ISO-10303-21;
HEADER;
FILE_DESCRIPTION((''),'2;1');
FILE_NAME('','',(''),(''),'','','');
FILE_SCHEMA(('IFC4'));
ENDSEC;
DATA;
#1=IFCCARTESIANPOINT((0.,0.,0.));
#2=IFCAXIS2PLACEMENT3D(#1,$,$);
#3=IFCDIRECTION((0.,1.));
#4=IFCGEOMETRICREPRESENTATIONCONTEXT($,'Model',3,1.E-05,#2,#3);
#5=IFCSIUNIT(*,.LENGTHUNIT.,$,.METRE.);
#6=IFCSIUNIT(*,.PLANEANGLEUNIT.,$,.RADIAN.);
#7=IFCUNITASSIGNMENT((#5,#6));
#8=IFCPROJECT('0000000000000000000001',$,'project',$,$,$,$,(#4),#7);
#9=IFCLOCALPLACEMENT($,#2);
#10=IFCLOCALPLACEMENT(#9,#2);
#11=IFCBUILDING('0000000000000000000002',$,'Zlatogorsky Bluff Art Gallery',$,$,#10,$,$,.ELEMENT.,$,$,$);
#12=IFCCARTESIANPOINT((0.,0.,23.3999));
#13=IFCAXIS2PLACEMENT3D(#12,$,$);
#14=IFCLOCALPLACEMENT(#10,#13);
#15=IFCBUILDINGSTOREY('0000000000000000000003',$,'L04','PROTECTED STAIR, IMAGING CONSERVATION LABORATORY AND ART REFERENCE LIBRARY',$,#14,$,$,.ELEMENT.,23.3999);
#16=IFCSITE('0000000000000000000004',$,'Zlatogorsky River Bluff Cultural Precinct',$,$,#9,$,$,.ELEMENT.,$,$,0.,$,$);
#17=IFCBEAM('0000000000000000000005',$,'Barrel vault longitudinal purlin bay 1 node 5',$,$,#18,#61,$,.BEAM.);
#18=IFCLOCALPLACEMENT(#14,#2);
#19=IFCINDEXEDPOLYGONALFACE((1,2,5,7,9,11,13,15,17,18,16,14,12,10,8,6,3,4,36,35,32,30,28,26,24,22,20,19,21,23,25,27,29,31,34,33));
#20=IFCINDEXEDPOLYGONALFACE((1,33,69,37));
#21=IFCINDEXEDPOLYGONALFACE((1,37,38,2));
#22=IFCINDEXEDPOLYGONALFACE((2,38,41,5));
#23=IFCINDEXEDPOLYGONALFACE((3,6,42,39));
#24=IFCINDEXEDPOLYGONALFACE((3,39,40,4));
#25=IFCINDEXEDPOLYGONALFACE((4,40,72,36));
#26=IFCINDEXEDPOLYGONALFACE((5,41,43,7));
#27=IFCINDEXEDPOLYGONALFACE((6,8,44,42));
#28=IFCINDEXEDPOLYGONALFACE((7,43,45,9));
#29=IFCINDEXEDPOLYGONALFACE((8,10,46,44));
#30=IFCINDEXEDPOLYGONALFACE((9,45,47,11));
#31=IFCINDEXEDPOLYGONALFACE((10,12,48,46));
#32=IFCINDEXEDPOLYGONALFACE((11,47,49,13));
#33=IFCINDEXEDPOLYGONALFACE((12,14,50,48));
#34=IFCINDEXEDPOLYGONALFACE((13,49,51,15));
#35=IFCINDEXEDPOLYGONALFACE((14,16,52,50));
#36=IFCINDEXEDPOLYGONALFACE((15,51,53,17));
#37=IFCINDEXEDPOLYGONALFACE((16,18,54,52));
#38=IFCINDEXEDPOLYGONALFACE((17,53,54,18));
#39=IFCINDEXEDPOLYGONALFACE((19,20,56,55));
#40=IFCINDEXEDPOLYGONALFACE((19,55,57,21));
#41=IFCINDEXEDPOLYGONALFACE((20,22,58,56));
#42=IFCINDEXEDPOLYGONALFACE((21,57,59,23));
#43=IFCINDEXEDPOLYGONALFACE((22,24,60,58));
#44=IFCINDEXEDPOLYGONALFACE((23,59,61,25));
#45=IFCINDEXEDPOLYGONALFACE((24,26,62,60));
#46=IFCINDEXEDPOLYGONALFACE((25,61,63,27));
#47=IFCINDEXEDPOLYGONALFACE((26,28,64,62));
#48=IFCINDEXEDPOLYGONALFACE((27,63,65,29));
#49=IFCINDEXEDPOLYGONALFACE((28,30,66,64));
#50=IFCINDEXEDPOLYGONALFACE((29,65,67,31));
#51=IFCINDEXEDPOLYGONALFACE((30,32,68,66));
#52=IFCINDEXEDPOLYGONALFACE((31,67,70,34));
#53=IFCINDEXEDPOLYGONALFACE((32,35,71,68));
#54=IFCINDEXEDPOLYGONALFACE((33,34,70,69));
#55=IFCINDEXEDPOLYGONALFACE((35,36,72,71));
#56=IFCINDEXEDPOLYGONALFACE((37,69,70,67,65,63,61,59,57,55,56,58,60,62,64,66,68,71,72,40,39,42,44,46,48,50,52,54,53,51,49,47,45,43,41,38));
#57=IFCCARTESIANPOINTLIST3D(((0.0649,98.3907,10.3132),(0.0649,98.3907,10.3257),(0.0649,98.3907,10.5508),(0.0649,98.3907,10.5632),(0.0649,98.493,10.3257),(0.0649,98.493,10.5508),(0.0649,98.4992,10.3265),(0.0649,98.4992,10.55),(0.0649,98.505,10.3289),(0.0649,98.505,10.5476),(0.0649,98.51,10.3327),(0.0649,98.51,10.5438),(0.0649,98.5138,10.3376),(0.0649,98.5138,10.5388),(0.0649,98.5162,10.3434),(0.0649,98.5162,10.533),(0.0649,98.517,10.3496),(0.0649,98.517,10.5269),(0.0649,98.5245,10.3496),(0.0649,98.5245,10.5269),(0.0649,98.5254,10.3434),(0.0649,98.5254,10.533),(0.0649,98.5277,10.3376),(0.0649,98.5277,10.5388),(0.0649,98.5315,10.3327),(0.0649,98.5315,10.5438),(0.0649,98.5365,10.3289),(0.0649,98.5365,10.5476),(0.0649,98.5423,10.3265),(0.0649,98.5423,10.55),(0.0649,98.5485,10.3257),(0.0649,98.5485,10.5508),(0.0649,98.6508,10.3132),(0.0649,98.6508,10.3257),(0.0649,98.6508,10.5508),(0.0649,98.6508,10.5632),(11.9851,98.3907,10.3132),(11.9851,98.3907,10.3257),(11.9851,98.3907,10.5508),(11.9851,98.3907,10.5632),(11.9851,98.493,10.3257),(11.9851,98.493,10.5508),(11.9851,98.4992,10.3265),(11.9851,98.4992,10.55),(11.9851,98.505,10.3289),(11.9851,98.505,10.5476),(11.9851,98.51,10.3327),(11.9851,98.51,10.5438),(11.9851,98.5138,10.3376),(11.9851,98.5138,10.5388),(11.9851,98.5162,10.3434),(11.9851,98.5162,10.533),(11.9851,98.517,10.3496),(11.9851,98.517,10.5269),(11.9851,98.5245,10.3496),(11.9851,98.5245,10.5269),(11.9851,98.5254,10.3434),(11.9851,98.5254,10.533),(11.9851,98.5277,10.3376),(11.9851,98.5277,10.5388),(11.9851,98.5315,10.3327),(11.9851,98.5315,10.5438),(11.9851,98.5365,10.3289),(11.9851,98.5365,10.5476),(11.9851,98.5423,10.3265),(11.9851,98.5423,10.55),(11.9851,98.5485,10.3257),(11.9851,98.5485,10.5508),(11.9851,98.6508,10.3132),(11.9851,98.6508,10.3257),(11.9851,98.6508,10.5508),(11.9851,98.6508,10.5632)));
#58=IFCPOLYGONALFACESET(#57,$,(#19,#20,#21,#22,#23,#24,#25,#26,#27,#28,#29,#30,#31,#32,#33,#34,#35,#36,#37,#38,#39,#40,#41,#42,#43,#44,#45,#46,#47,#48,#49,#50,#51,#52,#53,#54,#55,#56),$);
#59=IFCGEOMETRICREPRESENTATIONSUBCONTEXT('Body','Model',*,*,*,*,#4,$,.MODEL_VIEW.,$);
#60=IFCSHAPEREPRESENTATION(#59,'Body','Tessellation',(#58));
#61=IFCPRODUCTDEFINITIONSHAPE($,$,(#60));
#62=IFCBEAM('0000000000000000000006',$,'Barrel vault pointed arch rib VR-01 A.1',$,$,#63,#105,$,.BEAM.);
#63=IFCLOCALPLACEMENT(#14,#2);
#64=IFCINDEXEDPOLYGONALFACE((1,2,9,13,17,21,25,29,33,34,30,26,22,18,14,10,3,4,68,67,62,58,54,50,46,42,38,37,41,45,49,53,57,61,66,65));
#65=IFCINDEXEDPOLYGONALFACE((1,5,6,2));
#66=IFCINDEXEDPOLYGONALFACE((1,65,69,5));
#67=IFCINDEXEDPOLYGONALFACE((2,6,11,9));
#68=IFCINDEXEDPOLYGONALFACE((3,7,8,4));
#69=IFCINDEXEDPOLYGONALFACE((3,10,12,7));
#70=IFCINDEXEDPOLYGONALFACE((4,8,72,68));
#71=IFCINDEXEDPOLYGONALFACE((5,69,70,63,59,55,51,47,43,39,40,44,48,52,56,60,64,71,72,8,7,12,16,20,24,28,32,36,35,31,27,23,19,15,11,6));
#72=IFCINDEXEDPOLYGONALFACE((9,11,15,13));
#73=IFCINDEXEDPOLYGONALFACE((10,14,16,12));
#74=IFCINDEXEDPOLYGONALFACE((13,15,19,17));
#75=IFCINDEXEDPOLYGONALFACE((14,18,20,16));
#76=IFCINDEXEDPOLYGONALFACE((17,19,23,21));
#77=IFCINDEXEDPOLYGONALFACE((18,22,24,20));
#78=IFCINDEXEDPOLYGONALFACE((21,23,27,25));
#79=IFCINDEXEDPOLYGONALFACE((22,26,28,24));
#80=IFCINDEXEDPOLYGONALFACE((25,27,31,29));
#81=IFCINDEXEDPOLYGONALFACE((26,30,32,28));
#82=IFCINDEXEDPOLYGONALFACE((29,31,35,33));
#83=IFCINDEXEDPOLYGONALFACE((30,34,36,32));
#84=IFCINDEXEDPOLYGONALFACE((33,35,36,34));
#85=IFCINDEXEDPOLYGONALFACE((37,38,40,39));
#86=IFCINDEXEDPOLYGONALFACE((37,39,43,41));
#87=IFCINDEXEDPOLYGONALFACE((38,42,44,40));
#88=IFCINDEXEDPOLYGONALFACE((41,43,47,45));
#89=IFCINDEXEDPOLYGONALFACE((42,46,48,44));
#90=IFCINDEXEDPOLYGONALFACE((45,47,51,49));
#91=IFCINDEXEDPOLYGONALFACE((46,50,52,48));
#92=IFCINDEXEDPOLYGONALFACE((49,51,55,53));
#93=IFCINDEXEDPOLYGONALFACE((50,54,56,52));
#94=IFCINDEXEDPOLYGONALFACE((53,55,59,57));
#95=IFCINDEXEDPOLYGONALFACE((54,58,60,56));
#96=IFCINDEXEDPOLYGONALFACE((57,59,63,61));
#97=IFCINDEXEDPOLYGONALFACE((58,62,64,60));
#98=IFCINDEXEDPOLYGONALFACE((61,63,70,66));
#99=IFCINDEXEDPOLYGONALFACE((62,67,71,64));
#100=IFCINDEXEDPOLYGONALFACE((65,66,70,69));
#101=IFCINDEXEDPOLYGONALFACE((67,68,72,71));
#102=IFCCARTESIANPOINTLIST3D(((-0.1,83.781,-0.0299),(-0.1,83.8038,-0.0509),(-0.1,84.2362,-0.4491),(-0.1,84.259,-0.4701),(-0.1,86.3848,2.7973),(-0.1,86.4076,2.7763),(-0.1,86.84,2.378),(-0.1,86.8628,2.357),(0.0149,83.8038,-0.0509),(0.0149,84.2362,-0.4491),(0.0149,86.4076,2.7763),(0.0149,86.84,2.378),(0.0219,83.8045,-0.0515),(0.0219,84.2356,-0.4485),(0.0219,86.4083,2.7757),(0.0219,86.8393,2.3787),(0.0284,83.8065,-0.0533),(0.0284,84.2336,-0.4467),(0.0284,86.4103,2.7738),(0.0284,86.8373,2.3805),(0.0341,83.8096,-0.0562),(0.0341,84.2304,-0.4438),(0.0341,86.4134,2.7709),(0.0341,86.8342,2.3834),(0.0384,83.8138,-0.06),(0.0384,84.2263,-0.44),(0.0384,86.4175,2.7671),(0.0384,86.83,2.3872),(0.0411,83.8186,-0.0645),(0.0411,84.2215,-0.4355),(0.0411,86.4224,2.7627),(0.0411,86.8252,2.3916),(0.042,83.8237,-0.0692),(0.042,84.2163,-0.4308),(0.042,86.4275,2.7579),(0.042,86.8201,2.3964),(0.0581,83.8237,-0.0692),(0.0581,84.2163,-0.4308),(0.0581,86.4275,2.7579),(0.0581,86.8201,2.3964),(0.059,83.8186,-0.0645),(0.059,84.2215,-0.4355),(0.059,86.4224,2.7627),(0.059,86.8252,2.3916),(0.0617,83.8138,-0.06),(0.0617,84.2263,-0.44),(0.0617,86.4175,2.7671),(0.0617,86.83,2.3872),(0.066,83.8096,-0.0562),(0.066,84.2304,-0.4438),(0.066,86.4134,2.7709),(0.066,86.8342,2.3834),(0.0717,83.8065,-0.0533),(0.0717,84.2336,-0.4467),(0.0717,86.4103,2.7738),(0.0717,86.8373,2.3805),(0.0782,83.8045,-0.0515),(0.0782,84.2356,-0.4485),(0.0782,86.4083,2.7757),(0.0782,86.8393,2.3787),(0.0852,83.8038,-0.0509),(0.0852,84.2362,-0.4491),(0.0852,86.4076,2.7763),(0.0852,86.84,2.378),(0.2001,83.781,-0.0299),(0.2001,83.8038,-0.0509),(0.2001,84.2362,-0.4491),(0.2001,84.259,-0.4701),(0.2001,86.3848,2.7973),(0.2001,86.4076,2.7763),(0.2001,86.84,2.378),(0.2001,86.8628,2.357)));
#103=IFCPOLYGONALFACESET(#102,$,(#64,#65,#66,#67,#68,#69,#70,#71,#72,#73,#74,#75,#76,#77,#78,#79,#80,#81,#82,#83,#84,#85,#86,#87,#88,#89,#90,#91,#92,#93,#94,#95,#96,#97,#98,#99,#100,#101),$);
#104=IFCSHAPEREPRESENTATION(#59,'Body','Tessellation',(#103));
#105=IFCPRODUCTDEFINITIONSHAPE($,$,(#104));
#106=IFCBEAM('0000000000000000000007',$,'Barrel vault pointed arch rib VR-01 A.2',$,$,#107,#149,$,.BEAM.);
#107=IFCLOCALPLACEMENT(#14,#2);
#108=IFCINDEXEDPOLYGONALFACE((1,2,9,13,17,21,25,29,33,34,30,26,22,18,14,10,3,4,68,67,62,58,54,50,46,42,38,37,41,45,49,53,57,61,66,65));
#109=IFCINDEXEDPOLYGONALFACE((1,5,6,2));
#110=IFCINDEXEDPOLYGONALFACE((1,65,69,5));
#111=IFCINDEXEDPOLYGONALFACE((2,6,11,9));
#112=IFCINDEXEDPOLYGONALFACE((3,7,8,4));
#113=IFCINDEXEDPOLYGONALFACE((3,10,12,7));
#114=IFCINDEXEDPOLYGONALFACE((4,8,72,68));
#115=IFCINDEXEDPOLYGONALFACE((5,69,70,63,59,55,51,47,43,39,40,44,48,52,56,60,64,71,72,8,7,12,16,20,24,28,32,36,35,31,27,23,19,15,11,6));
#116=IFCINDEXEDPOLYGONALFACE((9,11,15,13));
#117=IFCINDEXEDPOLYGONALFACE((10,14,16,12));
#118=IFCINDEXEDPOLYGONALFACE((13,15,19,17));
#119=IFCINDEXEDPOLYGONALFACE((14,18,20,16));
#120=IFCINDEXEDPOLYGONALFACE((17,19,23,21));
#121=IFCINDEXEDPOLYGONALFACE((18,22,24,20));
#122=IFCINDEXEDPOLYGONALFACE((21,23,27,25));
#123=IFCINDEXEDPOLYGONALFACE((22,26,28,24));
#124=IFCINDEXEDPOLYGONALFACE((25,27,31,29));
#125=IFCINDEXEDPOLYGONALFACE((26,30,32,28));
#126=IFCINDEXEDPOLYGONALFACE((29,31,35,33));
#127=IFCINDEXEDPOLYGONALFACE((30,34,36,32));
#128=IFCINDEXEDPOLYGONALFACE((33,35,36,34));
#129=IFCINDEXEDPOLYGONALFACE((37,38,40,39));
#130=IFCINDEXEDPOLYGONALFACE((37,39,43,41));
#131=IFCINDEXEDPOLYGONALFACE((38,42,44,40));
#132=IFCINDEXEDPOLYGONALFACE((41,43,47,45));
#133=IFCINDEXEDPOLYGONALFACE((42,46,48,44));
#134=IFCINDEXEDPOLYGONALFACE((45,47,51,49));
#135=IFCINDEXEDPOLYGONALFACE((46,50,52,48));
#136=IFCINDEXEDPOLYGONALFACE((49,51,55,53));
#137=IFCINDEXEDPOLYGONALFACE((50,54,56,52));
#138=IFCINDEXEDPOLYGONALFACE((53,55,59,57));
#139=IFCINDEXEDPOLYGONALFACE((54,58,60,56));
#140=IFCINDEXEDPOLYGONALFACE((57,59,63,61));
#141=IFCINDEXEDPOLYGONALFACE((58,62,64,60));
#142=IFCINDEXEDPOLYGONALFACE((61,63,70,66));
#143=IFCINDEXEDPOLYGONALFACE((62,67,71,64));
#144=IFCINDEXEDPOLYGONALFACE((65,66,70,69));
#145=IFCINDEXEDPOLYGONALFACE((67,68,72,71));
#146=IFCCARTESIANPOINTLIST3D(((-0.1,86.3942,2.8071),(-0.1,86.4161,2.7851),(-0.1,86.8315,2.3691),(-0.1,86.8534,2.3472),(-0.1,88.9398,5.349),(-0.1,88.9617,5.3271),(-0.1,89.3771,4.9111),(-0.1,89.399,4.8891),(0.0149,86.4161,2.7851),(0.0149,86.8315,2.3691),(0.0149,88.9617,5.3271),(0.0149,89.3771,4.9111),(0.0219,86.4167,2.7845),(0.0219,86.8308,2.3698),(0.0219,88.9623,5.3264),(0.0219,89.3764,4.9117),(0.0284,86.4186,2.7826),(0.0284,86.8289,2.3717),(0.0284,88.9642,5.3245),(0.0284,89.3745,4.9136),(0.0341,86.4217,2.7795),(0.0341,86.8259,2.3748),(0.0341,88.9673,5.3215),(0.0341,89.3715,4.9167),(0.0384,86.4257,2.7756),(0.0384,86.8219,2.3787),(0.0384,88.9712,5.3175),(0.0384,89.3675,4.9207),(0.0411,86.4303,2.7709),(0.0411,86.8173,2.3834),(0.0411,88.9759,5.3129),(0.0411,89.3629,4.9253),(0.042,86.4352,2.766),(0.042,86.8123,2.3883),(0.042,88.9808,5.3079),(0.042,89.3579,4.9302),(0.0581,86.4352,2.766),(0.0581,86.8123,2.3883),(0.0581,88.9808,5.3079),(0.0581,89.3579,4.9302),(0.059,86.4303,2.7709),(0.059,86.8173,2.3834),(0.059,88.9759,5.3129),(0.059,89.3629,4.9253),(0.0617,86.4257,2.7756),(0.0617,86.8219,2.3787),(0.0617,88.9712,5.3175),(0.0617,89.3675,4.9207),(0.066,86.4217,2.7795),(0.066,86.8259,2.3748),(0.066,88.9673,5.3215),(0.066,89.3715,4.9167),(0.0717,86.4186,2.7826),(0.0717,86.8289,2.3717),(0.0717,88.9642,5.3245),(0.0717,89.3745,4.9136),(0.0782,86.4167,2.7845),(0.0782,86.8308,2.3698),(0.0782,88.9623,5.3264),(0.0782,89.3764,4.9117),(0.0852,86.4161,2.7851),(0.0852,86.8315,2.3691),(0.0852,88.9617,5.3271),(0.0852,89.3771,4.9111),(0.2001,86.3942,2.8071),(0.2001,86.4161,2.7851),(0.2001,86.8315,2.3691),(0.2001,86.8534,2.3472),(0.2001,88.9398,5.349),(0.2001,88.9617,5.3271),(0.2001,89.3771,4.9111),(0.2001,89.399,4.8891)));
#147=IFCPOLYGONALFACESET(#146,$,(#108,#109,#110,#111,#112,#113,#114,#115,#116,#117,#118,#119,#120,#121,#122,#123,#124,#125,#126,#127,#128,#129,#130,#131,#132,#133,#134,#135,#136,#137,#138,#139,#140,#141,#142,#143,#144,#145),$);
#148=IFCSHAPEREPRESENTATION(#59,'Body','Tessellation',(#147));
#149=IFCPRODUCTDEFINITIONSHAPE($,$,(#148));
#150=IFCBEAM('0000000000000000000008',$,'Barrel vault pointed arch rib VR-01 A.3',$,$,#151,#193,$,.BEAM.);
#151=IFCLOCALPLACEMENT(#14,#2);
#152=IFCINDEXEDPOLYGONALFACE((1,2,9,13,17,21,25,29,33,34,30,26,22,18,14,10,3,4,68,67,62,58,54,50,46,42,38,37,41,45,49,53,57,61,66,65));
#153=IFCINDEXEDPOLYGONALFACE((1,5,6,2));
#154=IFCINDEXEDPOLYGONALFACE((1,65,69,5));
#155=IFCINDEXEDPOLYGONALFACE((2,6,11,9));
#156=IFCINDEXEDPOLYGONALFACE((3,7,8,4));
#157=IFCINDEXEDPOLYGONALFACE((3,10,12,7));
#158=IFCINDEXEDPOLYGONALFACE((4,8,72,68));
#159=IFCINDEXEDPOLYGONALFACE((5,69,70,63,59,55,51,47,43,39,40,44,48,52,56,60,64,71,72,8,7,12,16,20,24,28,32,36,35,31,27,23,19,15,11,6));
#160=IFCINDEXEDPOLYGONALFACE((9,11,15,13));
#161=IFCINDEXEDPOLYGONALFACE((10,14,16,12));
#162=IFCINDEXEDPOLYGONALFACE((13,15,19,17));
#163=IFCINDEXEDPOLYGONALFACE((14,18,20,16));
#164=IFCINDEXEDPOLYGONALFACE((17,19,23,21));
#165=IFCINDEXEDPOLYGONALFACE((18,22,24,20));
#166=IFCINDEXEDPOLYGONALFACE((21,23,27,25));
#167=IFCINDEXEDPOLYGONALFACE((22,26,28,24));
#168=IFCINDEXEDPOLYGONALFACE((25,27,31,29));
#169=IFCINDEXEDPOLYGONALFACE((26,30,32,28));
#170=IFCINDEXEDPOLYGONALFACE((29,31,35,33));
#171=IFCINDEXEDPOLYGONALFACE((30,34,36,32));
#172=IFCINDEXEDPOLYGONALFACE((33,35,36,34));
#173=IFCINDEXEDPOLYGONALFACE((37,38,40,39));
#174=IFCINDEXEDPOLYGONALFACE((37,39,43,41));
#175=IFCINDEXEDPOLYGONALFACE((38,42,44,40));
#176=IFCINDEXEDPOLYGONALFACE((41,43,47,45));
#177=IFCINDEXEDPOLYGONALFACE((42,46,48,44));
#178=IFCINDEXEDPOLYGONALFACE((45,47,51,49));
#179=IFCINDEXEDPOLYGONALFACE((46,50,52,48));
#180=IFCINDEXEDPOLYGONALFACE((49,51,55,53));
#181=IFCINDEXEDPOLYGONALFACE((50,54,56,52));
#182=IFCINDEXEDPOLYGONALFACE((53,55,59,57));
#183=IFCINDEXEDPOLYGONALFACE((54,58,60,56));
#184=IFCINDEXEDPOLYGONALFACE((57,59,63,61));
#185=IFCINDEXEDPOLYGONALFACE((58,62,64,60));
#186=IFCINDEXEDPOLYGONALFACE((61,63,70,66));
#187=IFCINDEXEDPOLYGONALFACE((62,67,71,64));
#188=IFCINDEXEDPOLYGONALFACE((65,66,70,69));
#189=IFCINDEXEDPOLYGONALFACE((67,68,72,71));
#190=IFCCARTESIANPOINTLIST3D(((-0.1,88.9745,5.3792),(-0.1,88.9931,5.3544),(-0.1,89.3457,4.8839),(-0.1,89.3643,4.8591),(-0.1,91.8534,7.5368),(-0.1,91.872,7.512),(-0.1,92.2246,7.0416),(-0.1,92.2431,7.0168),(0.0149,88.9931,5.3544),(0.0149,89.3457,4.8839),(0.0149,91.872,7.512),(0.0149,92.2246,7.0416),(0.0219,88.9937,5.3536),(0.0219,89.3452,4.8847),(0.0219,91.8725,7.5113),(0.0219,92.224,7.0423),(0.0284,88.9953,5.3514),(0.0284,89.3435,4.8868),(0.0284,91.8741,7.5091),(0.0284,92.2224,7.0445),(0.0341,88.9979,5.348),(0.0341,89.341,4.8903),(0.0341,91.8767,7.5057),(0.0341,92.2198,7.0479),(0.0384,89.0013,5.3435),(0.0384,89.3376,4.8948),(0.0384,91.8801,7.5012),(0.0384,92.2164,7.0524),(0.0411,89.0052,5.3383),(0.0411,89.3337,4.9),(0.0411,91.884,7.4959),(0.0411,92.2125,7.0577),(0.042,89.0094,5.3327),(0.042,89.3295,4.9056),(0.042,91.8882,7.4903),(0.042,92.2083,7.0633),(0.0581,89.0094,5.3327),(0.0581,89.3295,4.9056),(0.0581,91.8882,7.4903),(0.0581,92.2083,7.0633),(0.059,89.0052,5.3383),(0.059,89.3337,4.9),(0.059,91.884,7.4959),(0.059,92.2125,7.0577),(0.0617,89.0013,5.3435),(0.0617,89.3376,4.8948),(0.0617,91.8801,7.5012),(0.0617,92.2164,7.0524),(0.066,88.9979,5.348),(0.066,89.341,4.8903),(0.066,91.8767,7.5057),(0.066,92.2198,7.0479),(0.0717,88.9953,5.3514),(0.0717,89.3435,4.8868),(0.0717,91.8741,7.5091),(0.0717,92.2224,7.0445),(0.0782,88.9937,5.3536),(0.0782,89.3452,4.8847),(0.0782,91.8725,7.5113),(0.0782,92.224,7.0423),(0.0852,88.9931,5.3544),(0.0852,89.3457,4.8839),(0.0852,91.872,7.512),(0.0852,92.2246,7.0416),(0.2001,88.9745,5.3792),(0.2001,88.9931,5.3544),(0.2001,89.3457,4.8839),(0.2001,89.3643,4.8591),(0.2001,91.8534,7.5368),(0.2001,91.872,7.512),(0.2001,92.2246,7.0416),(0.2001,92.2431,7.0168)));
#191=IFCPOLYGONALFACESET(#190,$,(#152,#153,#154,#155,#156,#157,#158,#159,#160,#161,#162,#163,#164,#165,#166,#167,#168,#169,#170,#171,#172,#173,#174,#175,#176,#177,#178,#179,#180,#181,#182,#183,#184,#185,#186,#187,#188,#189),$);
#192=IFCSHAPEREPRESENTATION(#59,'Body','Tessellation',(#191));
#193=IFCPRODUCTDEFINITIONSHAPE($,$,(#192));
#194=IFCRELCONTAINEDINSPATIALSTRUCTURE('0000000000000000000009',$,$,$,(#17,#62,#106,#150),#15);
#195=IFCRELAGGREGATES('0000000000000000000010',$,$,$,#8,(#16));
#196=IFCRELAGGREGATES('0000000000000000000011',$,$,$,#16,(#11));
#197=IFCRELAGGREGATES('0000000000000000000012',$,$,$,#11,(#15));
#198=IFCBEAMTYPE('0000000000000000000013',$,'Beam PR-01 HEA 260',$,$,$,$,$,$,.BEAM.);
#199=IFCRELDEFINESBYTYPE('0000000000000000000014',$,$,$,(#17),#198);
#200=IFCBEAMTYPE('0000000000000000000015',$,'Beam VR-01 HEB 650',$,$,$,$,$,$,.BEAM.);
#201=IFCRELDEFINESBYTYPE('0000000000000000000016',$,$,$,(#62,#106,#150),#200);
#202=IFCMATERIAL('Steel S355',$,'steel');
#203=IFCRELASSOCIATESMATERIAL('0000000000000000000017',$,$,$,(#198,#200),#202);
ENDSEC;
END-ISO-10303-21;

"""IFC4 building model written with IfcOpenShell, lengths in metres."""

from ifc_helpers import new_model, si_unit, direction, frame, origin, origin_2d, place, context, subcontext, project, spatial, i_section, extrude, material, material_profile, profile_set, type_object, element, save


model = new_model("IFC4")

# Units and contexts
model_context = context("Model", 3, precision=1e-05, world=origin(), true_north=direction((0.0, 1.0)))
body_context = subcontext(model_context, "Body", "Model", "MODEL_VIEW")
ifc_project = project(units=[si_unit("LENGTHUNIT", "METRE"), si_unit("PLANEANGLEUNIT", "RADIAN")], contexts=[model_context])

# Site, building, storey
site_placement = place(None, origin())
site = spatial("IfcSite", under=ifc_project, at=site_placement, Name="Zlatogorsky River Bluff Cultural Precinct", CompositionType="ELEMENT", RefElevation=0.0)
building_placement = place(site_placement, origin())
building = spatial("IfcBuilding", under=site, at=building_placement, Name="Zlatogorsky Bluff Art Gallery", CompositionType="ELEMENT")
storey_placement = place(building_placement, frame((0.0, 0.0, 23.3999)))
storey = spatial("IfcBuildingStorey", under=building, at=storey_placement, Name="L04", Description="PROTECTED STAIR, IMAGING CONSERVATION LABORATORY AND ART REFERENCE LIBRARY", CompositionType="ELEMENT", Elevation=23.3999)

# Beams
ifc_material_1 = material(Name="Steel S355", Category="steel")
ifc_material_profile_1 = material_profile(ifc_material_1, i_section(OverallWidth=0.26, OverallDepth=0.25, WebThickness=0.0076, FlangeThickness=0.0125, FilletRadius=0.0239, at=origin_2d()), Name="HEA 260")
ifc_profile_set_1 = profile_set([ifc_material_profile_1], Name="Steel S355")
beam_type_1 = type_object("IfcBeamType", Name="Beam PR-01 HEA 260", PredefinedType="BEAM", material=ifc_profile_set_1)
for number, where, z_axis, x_axis, name in (
    (1, (0.0649, 98.5208, 10.4382), (1.0, 0.0, 0.0), (0.0, 1.0, 0.0), "Barrel vault longitudinal purlin bay 1 node 5"),
):
    element("IfcBeam", number, at=place(storey_placement, frame(where, z_axis=z_axis, x_axis=x_axis)), inside=storey, type_object=beam_type_1, Name=name, PredefinedType="BEAM", context=body_context, shape_type="SweptSolid", body=[
        extrude(i_section(OverallWidth=0.26, OverallDepth=0.25, WebThickness=0.0076, FlangeThickness=0.0125, FilletRadius=0.0239, at=origin_2d()), origin(), (0.0, 0.0, 1.0), 11.9202),
    ])
ifc_material_profile_2 = material_profile(ifc_material_1, i_section(OverallWidth=0.3, OverallDepth=0.6499, WebThickness=0.0161, FlangeThickness=0.031, FilletRadius=0.0271, at=origin_2d()), Name="HEB 650")
ifc_profile_set_2 = profile_set([ifc_material_profile_2], Name="Steel S355")
beam_type_2 = type_object("IfcBeamType", Name="Beam VR-01 HEB 650", PredefinedType="BEAM", material=ifc_profile_set_2)
beam_1_placement = place(storey_placement, frame((0.05, 84.02, -0.25), z_axis=(0.0, 0.677449, 0.73557), x_axis=(-1.0, 0.0, 0.0)))
element("IfcBeam", 2, at=beam_1_placement, inside=storey, type_object=beam_type_2, Name="Barrel vault pointed arch rib VR-01 A.1", PredefinedType="BEAM", context=body_context, shape_type="SweptSolid", body=[
    extrude(i_section(OverallWidth=0.3, OverallDepth=0.6499, WebThickness=0.0161, FlangeThickness=0.031, FilletRadius=0.0271, at=origin_2d()), origin(), (0.0, 0.0, 1.0), 3.8435),
])
beam_2_placement = place(storey_placement, frame((0.05, 86.6238, 2.5771), z_axis=(0.0, 0.707616, 0.706598), x_axis=(-1.0, 0.0, 0.0)))
element("IfcBeam", 3, at=beam_2_placement, inside=storey, type_object=beam_type_2, Name="Barrel vault pointed arch rib VR-01 A.2", PredefinedType="BEAM", context=body_context, shape_type="SweptSolid", body=[
    extrude(i_section(OverallWidth=0.3, OverallDepth=0.6499, WebThickness=0.0161, FlangeThickness=0.031, FilletRadius=0.0271, at=origin_2d()), origin(), (0.0, 0.0, 1.0), 3.5974),
])
beam_3_placement = place(storey_placement, frame((0.05, 89.1694, 5.1191), z_axis=(0.0, 0.800195, 0.599739), x_axis=(-1.0, 0.0, 0.0)))
element("IfcBeam", 4, at=beam_3_placement, inside=storey, type_object=beam_type_2, Name="Barrel vault pointed arch rib VR-01 A.3", PredefinedType="BEAM", context=body_context, shape_type="SweptSolid", body=[
    extrude(i_section(OverallWidth=0.3, OverallDepth=0.6499, WebThickness=0.0161, FlangeThickness=0.031, FilletRadius=0.0271, at=origin_2d()), origin(), (0.0, 0.0, 1.0), 3.5977),
])

save(model, "model.ifc")
